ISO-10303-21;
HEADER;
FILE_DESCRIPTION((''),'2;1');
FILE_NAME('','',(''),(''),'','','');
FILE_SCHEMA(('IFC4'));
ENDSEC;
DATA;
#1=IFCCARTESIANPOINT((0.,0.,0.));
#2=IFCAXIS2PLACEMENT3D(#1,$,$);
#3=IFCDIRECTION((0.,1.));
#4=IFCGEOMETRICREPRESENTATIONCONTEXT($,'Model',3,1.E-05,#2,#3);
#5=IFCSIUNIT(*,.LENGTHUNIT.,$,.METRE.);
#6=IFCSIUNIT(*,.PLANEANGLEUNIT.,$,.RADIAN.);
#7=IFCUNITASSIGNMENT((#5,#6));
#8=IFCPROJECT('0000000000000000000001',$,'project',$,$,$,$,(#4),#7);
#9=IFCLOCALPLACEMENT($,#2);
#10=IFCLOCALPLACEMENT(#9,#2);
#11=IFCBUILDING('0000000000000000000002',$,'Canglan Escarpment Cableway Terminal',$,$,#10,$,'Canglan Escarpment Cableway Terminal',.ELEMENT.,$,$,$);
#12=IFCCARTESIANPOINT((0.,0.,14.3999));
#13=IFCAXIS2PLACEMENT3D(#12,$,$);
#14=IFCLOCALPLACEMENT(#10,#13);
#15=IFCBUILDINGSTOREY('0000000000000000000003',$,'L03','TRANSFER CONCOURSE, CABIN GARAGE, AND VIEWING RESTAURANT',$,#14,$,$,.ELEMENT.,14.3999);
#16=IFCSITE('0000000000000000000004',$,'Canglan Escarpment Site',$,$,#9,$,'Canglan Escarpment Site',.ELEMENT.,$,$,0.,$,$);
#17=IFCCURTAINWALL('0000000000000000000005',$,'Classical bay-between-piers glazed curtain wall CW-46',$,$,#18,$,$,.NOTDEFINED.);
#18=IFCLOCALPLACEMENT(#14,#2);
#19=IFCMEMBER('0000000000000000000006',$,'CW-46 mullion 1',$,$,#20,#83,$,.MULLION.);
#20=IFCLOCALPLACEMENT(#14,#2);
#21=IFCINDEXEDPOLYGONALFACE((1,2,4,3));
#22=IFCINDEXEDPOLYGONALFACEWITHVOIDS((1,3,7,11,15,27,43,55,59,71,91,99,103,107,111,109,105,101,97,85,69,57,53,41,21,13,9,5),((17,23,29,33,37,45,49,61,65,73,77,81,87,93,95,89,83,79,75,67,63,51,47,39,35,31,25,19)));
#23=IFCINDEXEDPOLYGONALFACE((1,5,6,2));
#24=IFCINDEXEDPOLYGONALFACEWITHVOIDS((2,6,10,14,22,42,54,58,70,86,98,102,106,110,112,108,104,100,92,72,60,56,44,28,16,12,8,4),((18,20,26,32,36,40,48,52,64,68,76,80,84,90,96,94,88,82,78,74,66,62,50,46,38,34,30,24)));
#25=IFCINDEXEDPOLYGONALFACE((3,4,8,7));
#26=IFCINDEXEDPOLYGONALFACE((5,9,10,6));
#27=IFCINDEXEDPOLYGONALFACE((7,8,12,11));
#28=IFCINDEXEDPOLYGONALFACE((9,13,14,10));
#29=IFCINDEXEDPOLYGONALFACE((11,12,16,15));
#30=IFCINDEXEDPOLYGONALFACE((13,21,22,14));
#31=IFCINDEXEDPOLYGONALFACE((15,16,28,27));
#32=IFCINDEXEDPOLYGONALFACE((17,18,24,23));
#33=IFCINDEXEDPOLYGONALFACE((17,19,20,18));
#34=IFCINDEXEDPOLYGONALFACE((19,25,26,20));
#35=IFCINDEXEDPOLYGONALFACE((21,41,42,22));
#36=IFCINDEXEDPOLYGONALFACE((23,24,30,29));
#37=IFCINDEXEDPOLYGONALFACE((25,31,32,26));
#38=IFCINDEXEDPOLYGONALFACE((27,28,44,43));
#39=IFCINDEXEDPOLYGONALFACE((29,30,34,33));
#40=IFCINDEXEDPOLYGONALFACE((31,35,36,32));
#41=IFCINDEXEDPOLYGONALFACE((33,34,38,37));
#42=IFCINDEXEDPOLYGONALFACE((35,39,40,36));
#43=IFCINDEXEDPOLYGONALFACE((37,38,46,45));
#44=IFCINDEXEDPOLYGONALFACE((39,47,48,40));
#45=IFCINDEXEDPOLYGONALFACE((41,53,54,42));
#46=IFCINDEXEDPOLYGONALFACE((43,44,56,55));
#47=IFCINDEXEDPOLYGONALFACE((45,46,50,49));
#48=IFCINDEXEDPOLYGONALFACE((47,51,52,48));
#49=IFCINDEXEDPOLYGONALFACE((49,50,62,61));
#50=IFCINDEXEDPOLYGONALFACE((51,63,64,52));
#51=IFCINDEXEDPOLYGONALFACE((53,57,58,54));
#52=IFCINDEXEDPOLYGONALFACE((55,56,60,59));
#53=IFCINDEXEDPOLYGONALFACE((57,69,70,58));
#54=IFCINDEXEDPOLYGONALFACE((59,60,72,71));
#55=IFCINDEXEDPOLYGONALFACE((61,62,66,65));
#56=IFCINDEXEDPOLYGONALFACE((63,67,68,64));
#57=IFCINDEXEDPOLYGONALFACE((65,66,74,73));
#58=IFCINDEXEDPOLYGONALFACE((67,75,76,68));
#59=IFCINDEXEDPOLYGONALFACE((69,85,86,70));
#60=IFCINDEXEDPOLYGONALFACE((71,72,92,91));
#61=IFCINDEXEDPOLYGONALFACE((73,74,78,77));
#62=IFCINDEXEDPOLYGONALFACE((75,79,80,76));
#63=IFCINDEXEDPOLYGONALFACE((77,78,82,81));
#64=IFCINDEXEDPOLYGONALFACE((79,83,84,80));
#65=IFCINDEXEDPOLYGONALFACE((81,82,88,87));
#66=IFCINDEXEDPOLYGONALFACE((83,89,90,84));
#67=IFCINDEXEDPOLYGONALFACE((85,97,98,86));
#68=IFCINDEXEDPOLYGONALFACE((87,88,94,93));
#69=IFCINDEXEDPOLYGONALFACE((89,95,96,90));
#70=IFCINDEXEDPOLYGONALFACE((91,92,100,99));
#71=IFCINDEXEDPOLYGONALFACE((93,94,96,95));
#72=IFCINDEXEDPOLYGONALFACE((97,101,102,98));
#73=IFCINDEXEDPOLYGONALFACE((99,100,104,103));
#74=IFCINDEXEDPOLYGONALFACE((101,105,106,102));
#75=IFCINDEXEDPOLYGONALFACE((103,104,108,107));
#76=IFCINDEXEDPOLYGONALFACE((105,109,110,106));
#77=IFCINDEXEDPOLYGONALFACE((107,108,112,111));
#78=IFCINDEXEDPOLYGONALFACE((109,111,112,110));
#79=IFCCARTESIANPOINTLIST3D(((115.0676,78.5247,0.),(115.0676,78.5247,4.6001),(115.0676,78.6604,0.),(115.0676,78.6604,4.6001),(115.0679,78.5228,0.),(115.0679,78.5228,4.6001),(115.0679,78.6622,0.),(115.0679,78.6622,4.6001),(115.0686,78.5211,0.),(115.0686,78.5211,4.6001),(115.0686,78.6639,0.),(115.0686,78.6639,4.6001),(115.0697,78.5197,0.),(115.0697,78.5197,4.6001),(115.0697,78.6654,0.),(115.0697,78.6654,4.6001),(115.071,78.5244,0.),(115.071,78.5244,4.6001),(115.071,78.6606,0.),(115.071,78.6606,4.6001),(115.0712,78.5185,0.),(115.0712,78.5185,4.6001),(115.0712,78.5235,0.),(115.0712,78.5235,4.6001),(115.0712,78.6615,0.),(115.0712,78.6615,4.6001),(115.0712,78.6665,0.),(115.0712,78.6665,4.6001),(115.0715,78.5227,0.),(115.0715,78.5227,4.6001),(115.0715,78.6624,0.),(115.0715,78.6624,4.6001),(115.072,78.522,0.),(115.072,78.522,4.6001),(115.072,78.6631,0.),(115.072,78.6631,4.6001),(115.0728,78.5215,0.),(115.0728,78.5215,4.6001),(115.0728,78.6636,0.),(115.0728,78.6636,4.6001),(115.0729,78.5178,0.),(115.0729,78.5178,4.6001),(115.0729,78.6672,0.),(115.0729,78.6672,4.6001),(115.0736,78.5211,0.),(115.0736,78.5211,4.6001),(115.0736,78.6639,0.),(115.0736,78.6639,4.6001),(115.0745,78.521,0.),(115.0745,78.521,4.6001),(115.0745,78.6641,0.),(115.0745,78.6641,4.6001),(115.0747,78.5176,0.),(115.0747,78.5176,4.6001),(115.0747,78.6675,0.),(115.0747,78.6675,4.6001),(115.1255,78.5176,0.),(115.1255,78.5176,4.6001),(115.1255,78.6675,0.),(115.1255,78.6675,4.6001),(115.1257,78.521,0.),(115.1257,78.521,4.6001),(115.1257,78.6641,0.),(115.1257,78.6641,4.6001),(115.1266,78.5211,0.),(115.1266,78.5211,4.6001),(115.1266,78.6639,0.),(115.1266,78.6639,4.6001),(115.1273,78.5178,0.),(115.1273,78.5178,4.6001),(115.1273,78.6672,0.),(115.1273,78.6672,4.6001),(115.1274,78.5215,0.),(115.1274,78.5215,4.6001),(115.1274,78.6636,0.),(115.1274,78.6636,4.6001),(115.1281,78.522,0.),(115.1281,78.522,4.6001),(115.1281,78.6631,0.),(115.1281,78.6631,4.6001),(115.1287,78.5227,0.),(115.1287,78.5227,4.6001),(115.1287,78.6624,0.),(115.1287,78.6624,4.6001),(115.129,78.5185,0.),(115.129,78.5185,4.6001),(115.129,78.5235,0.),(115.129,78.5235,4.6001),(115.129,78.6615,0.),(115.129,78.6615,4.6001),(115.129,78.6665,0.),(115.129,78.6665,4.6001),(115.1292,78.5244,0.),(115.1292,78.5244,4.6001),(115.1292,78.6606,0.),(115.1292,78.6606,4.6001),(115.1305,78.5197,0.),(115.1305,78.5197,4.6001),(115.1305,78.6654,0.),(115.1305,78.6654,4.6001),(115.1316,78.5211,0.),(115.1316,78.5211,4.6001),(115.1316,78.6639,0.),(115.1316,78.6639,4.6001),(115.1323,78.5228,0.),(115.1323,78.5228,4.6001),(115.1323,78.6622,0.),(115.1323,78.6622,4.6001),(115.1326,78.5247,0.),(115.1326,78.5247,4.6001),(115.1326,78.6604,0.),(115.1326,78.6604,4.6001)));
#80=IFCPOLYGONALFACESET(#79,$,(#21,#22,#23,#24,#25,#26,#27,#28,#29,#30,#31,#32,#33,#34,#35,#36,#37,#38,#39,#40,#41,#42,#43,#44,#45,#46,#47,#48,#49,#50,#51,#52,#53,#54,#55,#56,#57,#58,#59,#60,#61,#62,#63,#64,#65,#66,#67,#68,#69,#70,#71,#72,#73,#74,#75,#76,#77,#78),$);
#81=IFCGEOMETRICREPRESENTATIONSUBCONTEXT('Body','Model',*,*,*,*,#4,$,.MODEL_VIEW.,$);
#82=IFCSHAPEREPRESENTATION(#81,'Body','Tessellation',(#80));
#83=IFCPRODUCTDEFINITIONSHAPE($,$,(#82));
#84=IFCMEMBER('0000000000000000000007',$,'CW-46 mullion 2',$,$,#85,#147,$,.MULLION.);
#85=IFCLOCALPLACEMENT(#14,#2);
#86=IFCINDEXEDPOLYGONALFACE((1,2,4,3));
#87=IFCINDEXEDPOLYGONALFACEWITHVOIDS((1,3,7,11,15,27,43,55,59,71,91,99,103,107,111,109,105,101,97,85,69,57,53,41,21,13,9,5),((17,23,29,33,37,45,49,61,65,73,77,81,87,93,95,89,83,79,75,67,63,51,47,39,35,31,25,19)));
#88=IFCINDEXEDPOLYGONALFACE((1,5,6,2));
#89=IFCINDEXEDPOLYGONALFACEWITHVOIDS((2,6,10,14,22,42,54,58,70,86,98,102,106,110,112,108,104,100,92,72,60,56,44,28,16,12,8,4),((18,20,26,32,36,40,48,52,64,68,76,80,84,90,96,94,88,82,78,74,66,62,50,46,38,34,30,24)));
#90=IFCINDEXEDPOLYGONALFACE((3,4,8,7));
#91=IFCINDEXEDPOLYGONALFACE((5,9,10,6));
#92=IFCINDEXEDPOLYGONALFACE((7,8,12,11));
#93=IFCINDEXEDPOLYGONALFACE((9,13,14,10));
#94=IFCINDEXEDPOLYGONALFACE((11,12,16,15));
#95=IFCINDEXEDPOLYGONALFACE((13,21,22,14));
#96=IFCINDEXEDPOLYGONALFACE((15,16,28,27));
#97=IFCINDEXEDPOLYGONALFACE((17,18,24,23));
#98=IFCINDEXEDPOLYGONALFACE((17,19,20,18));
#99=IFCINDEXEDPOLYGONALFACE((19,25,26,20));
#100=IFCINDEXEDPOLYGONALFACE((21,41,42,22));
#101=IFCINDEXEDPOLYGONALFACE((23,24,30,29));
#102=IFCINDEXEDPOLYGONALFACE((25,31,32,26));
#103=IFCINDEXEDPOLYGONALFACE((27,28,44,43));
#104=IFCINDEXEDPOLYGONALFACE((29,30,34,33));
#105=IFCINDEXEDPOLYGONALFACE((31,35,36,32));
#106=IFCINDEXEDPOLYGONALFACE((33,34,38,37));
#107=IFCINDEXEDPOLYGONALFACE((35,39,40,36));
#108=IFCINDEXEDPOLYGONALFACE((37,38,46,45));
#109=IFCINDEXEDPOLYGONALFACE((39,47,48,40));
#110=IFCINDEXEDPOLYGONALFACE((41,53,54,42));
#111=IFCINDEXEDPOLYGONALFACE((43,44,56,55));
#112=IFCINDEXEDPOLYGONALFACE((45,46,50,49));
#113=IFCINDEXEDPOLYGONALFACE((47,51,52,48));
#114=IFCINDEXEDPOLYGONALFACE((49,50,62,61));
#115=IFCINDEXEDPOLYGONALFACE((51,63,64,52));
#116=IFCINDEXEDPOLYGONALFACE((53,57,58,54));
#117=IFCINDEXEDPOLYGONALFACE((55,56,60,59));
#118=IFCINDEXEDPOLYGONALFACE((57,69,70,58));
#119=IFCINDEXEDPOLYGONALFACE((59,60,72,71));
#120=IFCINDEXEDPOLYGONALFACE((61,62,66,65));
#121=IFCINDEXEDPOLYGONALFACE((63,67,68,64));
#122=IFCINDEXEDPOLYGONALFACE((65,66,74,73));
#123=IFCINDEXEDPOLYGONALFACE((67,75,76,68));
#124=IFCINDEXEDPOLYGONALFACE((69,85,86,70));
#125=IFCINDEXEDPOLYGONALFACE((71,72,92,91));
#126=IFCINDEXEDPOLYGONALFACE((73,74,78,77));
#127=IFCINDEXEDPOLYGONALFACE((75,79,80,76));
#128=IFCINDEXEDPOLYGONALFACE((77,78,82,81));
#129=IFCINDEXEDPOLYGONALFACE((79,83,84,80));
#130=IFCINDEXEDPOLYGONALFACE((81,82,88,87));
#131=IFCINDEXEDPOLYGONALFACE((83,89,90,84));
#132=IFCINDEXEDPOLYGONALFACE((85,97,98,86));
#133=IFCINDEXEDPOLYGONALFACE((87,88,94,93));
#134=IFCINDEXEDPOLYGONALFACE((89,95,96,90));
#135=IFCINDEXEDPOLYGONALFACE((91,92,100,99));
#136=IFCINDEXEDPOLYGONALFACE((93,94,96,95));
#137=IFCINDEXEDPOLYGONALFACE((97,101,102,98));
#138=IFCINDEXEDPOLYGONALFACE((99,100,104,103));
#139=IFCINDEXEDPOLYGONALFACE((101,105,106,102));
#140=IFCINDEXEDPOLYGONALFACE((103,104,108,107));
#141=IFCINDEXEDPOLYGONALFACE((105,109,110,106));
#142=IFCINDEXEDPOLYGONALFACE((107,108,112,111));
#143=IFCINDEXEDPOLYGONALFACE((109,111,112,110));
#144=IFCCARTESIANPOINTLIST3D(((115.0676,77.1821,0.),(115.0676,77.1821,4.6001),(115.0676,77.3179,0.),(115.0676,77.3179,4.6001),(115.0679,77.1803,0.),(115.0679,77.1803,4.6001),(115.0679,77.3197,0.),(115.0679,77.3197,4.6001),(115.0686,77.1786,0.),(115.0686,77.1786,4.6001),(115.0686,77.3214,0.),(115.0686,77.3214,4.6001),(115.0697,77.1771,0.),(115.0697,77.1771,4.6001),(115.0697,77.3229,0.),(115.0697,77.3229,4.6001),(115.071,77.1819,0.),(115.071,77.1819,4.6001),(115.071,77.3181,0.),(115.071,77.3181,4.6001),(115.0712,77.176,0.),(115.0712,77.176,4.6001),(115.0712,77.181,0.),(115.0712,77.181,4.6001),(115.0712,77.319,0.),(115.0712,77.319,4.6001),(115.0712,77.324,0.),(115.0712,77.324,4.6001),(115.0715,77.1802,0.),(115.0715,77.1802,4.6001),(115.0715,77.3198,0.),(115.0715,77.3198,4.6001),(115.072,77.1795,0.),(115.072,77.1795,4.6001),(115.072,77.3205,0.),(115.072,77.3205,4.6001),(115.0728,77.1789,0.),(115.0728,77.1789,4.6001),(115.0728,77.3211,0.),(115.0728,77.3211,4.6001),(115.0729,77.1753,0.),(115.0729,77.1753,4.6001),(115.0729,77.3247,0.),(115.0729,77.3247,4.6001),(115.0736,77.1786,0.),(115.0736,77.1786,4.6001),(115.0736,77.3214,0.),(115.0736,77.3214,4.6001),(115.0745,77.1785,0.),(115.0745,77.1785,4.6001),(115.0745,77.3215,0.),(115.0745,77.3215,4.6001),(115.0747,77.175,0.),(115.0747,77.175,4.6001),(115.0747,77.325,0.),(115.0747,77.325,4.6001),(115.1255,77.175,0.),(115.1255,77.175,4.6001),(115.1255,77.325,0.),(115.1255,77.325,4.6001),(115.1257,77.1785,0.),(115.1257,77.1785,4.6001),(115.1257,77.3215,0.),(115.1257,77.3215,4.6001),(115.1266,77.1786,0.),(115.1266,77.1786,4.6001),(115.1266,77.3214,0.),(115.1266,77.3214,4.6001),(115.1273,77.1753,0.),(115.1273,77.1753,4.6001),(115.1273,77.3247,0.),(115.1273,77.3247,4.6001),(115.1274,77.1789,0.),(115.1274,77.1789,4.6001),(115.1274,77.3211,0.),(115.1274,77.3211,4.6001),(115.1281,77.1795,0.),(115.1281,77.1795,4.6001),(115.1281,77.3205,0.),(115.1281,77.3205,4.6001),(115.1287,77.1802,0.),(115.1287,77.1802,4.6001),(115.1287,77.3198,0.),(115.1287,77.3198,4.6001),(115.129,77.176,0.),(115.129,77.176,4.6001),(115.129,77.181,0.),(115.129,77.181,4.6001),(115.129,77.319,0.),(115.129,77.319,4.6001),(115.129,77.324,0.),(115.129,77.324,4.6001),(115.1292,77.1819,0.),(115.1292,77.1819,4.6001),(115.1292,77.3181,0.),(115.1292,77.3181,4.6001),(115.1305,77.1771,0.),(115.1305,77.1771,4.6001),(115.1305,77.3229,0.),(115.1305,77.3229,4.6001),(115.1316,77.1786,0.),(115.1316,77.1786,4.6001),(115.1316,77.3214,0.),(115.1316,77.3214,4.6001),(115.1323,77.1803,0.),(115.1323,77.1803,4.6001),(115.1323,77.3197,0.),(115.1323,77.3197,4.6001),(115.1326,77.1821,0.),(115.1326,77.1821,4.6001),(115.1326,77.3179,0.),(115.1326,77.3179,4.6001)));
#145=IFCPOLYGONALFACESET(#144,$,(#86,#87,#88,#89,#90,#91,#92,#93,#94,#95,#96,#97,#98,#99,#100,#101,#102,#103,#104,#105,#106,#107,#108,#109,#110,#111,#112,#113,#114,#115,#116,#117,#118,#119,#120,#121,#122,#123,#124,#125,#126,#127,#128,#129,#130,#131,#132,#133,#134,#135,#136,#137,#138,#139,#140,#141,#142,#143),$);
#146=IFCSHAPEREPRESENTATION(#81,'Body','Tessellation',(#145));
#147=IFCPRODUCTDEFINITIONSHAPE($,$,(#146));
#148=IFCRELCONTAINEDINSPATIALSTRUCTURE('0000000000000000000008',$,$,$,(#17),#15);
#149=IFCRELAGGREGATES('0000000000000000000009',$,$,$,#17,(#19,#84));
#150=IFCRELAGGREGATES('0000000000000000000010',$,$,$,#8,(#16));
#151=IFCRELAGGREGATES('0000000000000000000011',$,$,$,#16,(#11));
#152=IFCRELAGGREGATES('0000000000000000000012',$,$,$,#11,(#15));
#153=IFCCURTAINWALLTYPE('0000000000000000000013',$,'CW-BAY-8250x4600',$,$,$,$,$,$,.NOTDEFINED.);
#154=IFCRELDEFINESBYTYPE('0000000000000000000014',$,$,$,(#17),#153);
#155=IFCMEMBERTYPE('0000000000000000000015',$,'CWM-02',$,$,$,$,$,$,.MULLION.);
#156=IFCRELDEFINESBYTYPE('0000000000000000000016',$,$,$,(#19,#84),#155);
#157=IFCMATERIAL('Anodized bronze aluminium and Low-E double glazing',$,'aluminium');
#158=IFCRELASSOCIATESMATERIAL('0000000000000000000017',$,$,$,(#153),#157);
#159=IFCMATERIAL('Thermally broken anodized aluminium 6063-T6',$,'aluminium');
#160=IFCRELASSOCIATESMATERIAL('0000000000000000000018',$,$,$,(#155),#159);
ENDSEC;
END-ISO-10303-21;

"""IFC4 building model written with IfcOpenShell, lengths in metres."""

from ifc_helpers import new_model, si_unit, direction, frame, origin, origin_2d, place, context, subcontext, project, spatial, hollow_rectangle, extrude, material, material_profile, profile_set, type_object, element, aggregate, save


model = new_model("IFC4")

# Units and contexts
model_context = context("Model", 3, precision=1e-05, world=origin(), true_north=direction((0.0, 1.0)))
body_context = subcontext(model_context, "Body", "Model", "MODEL_VIEW")
ifc_project = project(units=[si_unit("LENGTHUNIT", "METRE"), si_unit("PLANEANGLEUNIT", "RADIAN")], contexts=[model_context])

# Site, building, storey
site_placement = place(None, origin())
site = spatial("IfcSite", under=ifc_project, at=site_placement, Name="Canglan Escarpment Site", LongName="Canglan Escarpment Site", CompositionType="ELEMENT", RefElevation=0.0)
building_placement = place(site_placement, origin())
building = spatial("IfcBuilding", under=site, at=building_placement, Name="Canglan Escarpment Cableway Terminal", LongName="Canglan Escarpment Cableway Terminal", CompositionType="ELEMENT")
storey_placement = place(building_placement, frame((0.0, 0.0, 14.3999)))
storey = spatial("IfcBuildingStorey", under=building, at=storey_placement, Name="L03", Description="TRANSFER CONCOURSE, CABIN GARAGE, AND VIEWING RESTAURANT", CompositionType="ELEMENT", Elevation=14.3999)

# Curtain wall, members
ifc_material_1 = material(Name="Anodized bronze aluminium and Low-E double glazing", Category="aluminium")
curtain_wall_type = type_object("IfcCurtainWallType", Name="CW-BAY-8250x4600", PredefinedType="NOTDEFINED", material=ifc_material_1)
curtain_wall_placement = place(storey_placement, origin())
curtain_wall = element("IfcCurtainWall", 1, at=curtain_wall_placement, inside=storey, type_object=curtain_wall_type, Name="Classical bay-between-piers glazed curtain wall CW-46", PredefinedType="NOTDEFINED")
ifc_material_2 = material(Name="Thermally broken anodized aluminium 6063-T6", Category="aluminium")
ifc_material_profile_1 = material_profile(ifc_material_2, hollow_rectangle(XDim=0.0649, YDim=0.1499, WallThickness=0.0034, InnerFilletRadius=0.0034, OuterFilletRadius=0.0071, at=origin_2d()), Name="ALU-MULL 65x150x3.5")
ifc_profile_set_1 = profile_set([ifc_material_profile_1], Name="Thermally broken anodized aluminium 6063-T6")
member_type_1 = type_object("IfcMemberType", Name="CWM-02", PredefinedType="MULLION", material=ifc_profile_set_1)
member_1_placement = place(storey_placement, frame((115.1001, 78.5925, 0.0), z_axis=(0.0, 0.0, 1.0), x_axis=(1.0, 0.0, 0.0)))
member_1 = element("IfcMember", 2, at=member_1_placement, type_object=member_type_1, Name="CW-46 mullion 1", PredefinedType="MULLION", context=body_context, shape_type="SweptSolid", body=[
    extrude(hollow_rectangle(XDim=0.0649, YDim=0.1499, WallThickness=0.0034, InnerFilletRadius=0.0034, OuterFilletRadius=0.0071, at=origin_2d()), origin(), (0.0, 0.0, 1.0), 4.6001),
])
member_2_placement = place(storey_placement, frame((115.1001, 77.25, 0.0), z_axis=(0.0, 0.0, 1.0), x_axis=(1.0, 0.0, 0.0)))
member_2 = element("IfcMember", 3, at=member_2_placement, type_object=member_type_1, Name="CW-46 mullion 2", PredefinedType="MULLION", context=body_context, shape_type="SweptSolid", body=[
    extrude(hollow_rectangle(XDim=0.0649, YDim=0.1499, WallThickness=0.0034, InnerFilletRadius=0.0034, OuterFilletRadius=0.0071, at=origin_2d()), origin(), (0.0, 0.0, 1.0), 4.6001),
])
aggregate(curtain_wall, [member_1, member_2])

save(model, "model.ifc")
